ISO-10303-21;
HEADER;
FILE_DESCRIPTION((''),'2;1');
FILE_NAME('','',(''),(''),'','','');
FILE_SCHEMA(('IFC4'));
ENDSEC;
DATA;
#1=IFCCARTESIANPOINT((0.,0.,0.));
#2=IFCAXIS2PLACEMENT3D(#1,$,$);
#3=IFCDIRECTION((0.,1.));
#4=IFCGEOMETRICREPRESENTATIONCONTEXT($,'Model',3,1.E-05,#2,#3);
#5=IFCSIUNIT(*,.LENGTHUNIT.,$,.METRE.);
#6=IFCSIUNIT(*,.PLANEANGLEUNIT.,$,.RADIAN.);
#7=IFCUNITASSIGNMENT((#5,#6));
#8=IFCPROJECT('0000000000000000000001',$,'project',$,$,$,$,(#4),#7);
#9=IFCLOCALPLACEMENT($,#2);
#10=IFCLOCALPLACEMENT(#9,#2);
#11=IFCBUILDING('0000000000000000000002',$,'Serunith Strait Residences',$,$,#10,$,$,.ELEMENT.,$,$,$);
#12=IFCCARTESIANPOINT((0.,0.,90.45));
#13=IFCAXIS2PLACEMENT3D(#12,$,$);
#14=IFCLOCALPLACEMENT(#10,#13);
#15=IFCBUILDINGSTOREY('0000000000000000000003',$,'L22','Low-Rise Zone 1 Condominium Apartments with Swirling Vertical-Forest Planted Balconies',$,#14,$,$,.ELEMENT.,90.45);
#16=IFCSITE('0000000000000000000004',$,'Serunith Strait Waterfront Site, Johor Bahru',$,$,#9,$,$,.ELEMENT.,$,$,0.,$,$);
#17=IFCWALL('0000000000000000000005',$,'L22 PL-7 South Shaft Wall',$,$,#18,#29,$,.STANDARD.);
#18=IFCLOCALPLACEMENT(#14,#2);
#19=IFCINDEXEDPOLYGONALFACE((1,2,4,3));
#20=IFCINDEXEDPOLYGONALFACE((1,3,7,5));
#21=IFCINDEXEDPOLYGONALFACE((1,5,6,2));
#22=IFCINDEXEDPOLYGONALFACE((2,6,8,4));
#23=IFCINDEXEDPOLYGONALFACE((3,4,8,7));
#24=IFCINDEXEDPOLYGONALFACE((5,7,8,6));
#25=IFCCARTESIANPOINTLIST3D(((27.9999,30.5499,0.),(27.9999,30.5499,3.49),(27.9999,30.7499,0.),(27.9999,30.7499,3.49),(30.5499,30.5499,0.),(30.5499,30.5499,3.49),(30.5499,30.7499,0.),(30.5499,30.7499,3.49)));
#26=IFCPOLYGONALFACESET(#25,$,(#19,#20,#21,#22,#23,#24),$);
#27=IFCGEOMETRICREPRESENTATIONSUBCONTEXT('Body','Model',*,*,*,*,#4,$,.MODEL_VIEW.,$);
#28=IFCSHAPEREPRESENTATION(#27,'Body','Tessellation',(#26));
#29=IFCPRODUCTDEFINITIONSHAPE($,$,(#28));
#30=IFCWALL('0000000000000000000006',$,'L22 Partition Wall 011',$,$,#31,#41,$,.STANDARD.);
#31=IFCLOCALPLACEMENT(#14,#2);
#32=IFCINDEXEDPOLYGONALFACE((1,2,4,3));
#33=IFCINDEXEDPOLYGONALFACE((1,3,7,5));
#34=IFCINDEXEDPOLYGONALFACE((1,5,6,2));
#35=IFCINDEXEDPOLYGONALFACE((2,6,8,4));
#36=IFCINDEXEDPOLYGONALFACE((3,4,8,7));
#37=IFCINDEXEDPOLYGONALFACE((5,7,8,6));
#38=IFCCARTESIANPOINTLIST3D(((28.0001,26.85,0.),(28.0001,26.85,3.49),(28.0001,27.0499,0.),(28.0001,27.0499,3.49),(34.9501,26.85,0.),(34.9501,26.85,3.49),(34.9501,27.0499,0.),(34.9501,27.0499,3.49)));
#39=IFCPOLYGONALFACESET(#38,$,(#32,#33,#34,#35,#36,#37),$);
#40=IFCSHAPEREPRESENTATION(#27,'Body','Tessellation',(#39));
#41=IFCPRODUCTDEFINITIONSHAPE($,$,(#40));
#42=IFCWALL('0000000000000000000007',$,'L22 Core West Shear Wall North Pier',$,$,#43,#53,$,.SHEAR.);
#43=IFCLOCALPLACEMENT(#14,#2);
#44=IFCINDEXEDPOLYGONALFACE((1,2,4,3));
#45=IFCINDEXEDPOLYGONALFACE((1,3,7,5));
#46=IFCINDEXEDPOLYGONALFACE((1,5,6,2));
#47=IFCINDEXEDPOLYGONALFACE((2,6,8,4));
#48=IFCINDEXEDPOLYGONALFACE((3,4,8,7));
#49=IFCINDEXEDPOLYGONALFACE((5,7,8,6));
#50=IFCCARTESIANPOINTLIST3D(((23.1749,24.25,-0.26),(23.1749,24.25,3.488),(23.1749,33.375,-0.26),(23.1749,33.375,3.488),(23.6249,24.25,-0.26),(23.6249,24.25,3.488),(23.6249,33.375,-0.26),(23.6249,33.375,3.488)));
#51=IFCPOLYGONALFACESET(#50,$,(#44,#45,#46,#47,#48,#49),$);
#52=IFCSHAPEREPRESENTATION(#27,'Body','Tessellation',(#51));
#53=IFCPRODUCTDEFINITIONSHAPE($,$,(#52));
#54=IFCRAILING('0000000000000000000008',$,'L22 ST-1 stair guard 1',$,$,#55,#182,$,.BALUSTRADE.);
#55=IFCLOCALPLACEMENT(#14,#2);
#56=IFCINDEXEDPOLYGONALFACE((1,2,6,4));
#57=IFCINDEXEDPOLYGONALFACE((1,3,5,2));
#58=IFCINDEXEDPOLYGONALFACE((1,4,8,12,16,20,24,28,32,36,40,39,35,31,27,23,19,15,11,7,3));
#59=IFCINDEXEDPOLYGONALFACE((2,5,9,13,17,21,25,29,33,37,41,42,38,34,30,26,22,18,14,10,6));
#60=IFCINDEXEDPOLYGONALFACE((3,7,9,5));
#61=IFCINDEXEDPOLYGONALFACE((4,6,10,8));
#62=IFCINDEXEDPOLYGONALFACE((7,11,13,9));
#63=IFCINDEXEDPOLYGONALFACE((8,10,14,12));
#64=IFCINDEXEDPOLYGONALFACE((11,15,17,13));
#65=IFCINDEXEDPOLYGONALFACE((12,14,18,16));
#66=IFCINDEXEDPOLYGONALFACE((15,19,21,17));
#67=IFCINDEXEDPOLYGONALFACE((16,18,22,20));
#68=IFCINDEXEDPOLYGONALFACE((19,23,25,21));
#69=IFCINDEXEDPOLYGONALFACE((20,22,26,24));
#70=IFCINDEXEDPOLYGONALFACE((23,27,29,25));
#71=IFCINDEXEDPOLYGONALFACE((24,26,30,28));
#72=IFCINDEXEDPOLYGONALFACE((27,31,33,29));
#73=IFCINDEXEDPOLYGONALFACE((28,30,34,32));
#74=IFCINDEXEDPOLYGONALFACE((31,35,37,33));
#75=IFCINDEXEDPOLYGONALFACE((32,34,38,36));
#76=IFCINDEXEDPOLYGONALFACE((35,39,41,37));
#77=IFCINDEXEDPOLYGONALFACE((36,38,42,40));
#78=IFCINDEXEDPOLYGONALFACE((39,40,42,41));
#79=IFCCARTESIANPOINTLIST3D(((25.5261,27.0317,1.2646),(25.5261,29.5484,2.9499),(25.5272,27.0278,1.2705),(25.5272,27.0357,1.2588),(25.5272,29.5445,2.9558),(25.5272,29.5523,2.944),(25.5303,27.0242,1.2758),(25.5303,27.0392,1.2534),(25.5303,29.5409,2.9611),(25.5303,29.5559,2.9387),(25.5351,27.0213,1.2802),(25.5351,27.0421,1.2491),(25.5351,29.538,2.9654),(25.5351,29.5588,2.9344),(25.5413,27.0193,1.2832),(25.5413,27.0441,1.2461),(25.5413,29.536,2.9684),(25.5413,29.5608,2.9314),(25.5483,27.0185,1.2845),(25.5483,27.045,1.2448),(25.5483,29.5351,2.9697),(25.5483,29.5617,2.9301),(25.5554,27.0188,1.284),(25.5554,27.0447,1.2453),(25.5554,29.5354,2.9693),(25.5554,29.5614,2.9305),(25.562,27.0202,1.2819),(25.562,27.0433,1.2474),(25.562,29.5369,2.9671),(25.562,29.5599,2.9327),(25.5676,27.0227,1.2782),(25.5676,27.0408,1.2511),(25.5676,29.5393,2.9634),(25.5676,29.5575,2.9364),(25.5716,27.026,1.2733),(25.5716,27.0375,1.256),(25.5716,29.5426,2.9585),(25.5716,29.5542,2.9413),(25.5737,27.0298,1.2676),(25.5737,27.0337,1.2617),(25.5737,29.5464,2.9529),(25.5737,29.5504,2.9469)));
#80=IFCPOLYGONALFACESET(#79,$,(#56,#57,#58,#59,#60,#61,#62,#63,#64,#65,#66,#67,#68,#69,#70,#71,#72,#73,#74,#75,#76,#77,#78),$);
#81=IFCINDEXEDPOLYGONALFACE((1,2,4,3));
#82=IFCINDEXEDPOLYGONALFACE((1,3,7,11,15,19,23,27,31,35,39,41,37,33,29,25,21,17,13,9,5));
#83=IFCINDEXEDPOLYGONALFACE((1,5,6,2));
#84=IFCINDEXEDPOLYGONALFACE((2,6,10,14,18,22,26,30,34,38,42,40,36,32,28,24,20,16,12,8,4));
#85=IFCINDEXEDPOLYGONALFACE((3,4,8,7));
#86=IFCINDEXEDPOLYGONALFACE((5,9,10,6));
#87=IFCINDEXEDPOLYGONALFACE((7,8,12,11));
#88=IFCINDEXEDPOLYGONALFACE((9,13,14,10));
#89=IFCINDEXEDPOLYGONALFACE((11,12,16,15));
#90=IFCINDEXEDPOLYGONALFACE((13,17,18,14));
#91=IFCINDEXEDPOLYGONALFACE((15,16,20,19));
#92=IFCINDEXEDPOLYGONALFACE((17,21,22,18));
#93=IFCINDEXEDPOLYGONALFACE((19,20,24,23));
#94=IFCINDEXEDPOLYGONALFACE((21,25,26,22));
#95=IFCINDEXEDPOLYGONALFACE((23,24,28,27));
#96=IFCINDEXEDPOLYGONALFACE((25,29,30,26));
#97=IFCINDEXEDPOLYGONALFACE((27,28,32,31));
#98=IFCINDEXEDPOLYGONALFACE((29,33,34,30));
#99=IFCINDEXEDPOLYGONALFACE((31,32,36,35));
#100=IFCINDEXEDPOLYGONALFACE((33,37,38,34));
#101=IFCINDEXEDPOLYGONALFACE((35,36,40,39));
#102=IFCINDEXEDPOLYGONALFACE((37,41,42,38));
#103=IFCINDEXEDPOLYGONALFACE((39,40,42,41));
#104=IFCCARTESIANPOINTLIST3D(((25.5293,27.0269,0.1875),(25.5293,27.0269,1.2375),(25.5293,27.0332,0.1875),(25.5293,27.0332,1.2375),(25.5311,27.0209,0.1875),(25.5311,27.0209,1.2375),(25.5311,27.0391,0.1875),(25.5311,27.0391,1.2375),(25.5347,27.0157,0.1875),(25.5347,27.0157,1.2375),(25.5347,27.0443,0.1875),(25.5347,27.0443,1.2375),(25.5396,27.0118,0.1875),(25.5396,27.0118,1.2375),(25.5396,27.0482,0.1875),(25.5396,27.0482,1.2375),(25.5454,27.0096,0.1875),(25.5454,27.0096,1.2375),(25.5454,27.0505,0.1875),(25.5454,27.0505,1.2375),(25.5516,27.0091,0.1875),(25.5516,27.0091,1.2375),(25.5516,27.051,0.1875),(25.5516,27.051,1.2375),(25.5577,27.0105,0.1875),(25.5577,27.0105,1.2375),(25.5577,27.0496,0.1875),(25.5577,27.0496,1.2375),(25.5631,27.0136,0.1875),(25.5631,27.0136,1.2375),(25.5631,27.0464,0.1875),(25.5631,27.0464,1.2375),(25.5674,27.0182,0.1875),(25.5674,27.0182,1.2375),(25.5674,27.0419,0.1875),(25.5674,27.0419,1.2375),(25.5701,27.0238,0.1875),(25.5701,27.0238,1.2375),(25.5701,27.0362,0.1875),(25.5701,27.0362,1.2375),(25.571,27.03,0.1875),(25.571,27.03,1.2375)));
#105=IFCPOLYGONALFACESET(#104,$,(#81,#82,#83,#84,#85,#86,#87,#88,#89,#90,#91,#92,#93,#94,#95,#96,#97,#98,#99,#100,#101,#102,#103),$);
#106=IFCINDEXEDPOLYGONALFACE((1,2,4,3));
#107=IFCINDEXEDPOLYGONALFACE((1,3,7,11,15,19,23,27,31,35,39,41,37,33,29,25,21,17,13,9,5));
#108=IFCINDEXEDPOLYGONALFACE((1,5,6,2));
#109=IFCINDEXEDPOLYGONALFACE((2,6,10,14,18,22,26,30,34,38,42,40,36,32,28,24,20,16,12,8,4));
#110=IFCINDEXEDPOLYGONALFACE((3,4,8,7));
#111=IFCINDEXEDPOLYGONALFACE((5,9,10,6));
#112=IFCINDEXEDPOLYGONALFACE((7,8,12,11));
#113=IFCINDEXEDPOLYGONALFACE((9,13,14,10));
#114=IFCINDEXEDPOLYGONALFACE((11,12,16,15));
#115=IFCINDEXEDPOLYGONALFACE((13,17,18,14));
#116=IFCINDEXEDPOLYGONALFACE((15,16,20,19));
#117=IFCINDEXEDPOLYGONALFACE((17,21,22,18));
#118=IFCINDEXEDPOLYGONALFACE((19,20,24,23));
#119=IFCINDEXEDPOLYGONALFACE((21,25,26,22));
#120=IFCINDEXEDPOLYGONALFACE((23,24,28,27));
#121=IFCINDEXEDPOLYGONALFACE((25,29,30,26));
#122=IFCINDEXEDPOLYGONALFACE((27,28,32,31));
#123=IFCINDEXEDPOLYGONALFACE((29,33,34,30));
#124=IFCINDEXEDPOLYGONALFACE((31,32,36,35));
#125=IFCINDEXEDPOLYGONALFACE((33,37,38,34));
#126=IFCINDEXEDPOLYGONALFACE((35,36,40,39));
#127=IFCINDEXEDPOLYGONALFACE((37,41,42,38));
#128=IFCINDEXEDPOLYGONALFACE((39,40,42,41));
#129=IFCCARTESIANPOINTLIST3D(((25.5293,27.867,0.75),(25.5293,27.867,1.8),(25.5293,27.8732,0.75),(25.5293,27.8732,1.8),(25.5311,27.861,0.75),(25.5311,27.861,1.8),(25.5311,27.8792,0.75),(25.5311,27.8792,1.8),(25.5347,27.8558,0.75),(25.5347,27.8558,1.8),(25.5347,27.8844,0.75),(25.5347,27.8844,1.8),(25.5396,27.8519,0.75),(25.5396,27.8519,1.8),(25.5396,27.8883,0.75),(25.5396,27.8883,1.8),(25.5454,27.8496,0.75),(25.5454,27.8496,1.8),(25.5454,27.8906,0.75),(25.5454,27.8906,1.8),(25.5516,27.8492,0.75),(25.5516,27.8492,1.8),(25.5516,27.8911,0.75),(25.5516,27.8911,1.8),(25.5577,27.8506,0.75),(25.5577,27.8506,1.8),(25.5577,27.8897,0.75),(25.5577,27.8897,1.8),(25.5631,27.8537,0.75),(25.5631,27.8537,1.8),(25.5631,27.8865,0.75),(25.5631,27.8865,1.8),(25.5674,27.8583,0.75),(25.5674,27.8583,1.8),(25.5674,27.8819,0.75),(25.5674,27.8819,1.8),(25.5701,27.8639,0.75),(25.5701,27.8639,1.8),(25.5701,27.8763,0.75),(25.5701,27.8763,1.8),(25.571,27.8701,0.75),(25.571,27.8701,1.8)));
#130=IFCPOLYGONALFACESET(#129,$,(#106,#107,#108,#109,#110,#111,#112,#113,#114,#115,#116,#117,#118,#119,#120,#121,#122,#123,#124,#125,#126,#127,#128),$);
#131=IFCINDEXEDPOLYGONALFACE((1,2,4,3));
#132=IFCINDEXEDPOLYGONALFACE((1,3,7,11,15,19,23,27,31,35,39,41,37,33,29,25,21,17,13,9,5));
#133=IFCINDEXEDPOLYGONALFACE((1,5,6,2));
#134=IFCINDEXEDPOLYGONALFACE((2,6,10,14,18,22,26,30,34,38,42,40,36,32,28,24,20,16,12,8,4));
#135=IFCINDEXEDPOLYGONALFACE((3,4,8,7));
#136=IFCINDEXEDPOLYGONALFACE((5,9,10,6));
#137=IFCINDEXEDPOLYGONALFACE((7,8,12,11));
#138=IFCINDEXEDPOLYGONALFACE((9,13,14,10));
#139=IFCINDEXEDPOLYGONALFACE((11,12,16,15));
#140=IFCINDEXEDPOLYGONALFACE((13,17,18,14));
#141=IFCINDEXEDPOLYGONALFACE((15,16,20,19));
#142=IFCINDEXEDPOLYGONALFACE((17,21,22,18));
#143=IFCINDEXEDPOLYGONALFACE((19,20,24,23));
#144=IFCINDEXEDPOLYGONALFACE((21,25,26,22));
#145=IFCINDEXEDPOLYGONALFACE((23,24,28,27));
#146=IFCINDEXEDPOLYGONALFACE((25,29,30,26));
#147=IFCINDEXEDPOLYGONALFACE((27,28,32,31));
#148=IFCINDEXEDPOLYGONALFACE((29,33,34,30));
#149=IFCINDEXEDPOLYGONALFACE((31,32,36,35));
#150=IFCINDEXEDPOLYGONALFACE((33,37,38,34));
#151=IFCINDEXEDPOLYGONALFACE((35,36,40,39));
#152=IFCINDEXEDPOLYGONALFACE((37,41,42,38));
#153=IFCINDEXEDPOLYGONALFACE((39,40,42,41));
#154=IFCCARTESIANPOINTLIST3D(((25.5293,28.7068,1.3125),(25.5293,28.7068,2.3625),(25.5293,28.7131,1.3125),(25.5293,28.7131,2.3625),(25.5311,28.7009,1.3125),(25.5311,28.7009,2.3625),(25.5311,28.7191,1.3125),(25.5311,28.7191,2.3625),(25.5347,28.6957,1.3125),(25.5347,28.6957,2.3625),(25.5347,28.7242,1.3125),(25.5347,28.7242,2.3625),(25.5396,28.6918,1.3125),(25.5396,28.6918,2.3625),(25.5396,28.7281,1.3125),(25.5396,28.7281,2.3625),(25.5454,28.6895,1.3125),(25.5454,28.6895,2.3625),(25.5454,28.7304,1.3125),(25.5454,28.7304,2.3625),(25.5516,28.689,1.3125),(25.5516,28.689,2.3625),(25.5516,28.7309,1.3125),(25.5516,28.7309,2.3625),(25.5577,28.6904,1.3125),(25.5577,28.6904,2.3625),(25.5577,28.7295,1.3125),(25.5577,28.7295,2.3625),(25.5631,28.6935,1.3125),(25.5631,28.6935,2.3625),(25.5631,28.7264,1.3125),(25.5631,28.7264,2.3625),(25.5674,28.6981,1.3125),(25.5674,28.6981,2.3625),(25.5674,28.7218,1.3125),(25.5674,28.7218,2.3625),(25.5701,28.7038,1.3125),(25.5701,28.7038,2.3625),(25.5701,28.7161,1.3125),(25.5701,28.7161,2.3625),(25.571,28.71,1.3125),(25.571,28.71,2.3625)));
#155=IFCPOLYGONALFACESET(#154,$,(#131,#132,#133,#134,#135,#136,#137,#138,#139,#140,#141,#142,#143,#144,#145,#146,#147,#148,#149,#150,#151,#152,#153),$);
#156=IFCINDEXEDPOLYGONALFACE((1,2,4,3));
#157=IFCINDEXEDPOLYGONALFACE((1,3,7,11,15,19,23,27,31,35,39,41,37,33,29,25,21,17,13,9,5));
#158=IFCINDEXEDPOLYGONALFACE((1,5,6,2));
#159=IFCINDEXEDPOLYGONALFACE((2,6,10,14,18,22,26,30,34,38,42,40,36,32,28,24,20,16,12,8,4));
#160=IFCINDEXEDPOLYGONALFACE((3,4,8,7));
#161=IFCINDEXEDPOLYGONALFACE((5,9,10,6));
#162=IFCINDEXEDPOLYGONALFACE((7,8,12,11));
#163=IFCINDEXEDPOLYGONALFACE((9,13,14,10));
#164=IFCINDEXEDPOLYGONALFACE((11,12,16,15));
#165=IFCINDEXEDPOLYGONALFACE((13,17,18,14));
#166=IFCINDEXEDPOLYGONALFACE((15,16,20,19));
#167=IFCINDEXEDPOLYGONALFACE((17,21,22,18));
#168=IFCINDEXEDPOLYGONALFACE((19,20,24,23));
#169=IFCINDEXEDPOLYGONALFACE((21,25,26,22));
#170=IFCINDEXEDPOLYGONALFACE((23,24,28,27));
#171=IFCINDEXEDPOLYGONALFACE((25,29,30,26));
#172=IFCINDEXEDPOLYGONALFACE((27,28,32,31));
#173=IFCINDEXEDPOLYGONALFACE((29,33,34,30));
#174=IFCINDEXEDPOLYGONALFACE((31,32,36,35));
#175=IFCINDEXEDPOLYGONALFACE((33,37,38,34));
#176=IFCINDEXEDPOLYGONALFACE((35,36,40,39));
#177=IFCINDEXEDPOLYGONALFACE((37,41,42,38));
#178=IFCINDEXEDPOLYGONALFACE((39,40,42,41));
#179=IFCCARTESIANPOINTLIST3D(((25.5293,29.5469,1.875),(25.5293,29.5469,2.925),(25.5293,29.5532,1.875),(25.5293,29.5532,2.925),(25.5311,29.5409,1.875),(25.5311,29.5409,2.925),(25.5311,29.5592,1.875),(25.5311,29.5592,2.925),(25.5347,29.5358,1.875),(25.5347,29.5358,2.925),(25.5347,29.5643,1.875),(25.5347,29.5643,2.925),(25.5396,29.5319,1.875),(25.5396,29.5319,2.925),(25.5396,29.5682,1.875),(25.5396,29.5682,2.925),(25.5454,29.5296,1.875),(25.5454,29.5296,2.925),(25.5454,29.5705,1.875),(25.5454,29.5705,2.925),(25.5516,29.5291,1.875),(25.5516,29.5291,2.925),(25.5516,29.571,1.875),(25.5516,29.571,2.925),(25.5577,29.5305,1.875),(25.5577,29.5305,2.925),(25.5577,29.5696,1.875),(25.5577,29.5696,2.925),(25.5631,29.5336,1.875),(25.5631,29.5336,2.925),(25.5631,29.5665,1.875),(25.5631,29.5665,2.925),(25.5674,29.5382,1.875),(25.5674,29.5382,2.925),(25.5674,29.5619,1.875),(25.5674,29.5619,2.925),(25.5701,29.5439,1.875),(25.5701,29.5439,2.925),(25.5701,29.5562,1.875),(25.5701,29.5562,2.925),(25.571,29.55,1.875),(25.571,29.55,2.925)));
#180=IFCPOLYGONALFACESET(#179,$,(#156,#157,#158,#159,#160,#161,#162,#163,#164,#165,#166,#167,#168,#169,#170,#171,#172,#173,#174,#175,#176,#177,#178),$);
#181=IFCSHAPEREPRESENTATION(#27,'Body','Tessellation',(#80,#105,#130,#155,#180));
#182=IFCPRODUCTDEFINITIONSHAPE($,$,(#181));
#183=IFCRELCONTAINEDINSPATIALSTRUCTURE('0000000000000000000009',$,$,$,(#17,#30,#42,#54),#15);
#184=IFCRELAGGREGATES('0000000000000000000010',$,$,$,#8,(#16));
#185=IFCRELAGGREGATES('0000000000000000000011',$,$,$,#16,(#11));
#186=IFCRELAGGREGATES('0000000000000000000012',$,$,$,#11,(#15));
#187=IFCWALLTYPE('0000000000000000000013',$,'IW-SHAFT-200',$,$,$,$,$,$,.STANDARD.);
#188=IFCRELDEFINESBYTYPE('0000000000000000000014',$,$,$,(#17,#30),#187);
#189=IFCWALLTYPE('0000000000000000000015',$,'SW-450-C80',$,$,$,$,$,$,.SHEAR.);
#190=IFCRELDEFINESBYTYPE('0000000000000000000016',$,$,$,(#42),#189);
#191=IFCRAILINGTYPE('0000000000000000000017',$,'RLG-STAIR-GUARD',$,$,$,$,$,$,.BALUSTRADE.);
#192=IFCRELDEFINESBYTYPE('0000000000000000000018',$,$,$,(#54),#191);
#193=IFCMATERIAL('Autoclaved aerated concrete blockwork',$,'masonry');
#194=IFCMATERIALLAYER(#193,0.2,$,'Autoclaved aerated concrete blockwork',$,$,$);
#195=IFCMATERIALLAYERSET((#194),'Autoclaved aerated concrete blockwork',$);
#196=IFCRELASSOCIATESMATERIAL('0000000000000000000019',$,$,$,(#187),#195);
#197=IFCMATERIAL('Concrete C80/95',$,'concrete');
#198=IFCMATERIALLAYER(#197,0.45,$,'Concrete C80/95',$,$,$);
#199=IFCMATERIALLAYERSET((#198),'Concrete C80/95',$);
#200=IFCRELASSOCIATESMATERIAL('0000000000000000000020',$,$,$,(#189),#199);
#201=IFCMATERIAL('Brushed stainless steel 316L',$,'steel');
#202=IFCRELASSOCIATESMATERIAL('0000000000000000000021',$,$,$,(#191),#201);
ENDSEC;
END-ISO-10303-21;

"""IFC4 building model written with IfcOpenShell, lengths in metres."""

from ifc_helpers import new_model, si_unit, direction, frame, frame_2d, origin, origin_2d, place, context, subcontext, project, spatial, rectangle, circle, extrude, material, layer, layer_set, type_object, element, save


model = new_model("IFC4")

# Units and contexts
model_context = context("Model", 3, precision=1e-05, world=origin(), true_north=direction((0.0, 1.0)))
body_context = subcontext(model_context, "Body", "Model", "MODEL_VIEW")
ifc_project = project(units=[si_unit("LENGTHUNIT", "METRE"), si_unit("PLANEANGLEUNIT", "RADIAN")], contexts=[model_context])

# Site, building, storey
site_placement = place(None, origin())
site = spatial("IfcSite", under=ifc_project, at=site_placement, Name="Serunith Strait Waterfront Site, Johor Bahru", CompositionType="ELEMENT", RefElevation=0.0)
building_placement = place(site_placement, origin())
building = spatial("IfcBuilding", under=site, at=building_placement, Name="Serunith Strait Residences", CompositionType="ELEMENT")
storey_placement = place(building_placement, frame((0.0, 0.0, 90.45)))
storey = spatial("IfcBuildingStorey", under=building, at=storey_placement, Name="L22", Description="Low-Rise Zone 1 Condominium Apartments with Swirling Vertical-Forest Planted Balconies", CompositionType="ELEMENT", Elevation=90.45)

# Shared definitions
ifc_material_1 = material(Name="Autoclaved aerated concrete blockwork", Category="masonry")
ifc_layer_1 = layer(ifc_material_1, 0.2, Name="Autoclaved aerated concrete blockwork")
ifc_layer_set_1 = layer_set([ifc_layer_1], Name="Autoclaved aerated concrete blockwork")
wall_type_1 = type_object("IfcWallType", Name="IW-SHAFT-200", PredefinedType="STANDARD", material=ifc_layer_set_1)

# Walls
wall_1_placement = place(storey_placement, frame((28.0, 30.6499, 0.0), z_axis=(0.0, 0.0, 1.0), x_axis=(1.0, 0.0, 0.0)))
element("IfcWall", 1, at=wall_1_placement, inside=storey, type_object=wall_type_1, Name="L22 PL-7 South Shaft Wall", PredefinedType="STANDARD", context=body_context, shape_type="SweptSolid", body=[
    extrude(rectangle(XDim=2.55, YDim=0.2, at=frame_2d((1.2749, 0.0))), origin(), (0.0, 0.0, 1.0), 3.49),
])
wall_2_placement = place(storey_placement, frame((28.0, 26.95, 0.0), z_axis=(0.0, 0.0, 1.0), x_axis=(1.0, 0.0, 0.0)))
element("IfcWall", 2, at=wall_2_placement, inside=storey, type_object=wall_type_1, Name="L22 Partition Wall 011", PredefinedType="STANDARD", context=body_context, shape_type="SweptSolid", body=[
    extrude(rectangle(XDim=6.95, YDim=0.2, at=frame_2d((3.4751, 0.0))), origin(), (0.0, 0.0, 1.0), 3.49),
])
ifc_material_2 = material(Name="Concrete C80/95", Category="concrete")
ifc_layer_2 = layer(ifc_material_2, 0.45, Name="Concrete C80/95")
ifc_layer_set_2 = layer_set([ifc_layer_2], Name="Concrete C80/95")
wall_type_2 = type_object("IfcWallType", Name="SW-450-C80", PredefinedType="SHEAR", material=ifc_layer_set_2)
wall_3_placement = place(storey_placement, frame((23.3999, 24.25, -0.26), z_axis=(0.0, 0.0, 1.0), x_axis=(0.0, 1.0, 0.0)))
element("IfcWall", 3, at=wall_3_placement, inside=storey, type_object=wall_type_2, Name="L22 Core West Shear Wall North Pier", PredefinedType="SHEAR", context=body_context, shape_type="SweptSolid", body=[
    extrude(rectangle(XDim=9.125, YDim=0.45, at=frame_2d((4.5625, 0.0))), origin(), (0.0, 0.0, 1.0), 3.748),
])

# Railing
ifc_material_3 = material(Name="Brushed stainless steel 316L", Category="steel")
railing_type_1 = type_object("IfcRailingType", Name="RLG-STAIR-GUARD", PredefinedType="BALUSTRADE", material=ifc_material_3)
railing_1_placement = place(storey_placement, frame((25.55, 27.03, 0.1875)))
element("IfcRailing", 4, at=railing_1_placement, inside=storey, type_object=railing_type_1, Name="L22 ST-1 stair guard 1", PredefinedType="BALUSTRADE", context=body_context, shape_type="SweptSolid", body=[
    extrude(circle(Radius=0.0239, at=origin_2d()), frame((0.0, 0.0017, 1.0771), z_axis=(0.0, 0.830909, 0.556408), x_axis=(-1.0, 0.0, 0.0)), (0.0, 0.0, 1.0), 3.0288),
    extrude(circle(Radius=0.021, at=origin_2d()), origin(), (0.0, 0.0, 1.0), 1.05),
    extrude(circle(Radius=0.021, at=origin_2d()), frame((0.0, 0.8401, 0.5625)), (0.0, 0.0, 1.0), 1.05),
    extrude(circle(Radius=0.021, at=origin_2d()), frame((0.0, 1.6799, 1.125)), (0.0, 0.0, 1.0), 1.05),
    extrude(circle(Radius=0.021, at=origin_2d()), frame((0.0, 2.52, 1.6875)), (0.0, 0.0, 1.0), 1.05),
])

save(model, "model.ifc")
